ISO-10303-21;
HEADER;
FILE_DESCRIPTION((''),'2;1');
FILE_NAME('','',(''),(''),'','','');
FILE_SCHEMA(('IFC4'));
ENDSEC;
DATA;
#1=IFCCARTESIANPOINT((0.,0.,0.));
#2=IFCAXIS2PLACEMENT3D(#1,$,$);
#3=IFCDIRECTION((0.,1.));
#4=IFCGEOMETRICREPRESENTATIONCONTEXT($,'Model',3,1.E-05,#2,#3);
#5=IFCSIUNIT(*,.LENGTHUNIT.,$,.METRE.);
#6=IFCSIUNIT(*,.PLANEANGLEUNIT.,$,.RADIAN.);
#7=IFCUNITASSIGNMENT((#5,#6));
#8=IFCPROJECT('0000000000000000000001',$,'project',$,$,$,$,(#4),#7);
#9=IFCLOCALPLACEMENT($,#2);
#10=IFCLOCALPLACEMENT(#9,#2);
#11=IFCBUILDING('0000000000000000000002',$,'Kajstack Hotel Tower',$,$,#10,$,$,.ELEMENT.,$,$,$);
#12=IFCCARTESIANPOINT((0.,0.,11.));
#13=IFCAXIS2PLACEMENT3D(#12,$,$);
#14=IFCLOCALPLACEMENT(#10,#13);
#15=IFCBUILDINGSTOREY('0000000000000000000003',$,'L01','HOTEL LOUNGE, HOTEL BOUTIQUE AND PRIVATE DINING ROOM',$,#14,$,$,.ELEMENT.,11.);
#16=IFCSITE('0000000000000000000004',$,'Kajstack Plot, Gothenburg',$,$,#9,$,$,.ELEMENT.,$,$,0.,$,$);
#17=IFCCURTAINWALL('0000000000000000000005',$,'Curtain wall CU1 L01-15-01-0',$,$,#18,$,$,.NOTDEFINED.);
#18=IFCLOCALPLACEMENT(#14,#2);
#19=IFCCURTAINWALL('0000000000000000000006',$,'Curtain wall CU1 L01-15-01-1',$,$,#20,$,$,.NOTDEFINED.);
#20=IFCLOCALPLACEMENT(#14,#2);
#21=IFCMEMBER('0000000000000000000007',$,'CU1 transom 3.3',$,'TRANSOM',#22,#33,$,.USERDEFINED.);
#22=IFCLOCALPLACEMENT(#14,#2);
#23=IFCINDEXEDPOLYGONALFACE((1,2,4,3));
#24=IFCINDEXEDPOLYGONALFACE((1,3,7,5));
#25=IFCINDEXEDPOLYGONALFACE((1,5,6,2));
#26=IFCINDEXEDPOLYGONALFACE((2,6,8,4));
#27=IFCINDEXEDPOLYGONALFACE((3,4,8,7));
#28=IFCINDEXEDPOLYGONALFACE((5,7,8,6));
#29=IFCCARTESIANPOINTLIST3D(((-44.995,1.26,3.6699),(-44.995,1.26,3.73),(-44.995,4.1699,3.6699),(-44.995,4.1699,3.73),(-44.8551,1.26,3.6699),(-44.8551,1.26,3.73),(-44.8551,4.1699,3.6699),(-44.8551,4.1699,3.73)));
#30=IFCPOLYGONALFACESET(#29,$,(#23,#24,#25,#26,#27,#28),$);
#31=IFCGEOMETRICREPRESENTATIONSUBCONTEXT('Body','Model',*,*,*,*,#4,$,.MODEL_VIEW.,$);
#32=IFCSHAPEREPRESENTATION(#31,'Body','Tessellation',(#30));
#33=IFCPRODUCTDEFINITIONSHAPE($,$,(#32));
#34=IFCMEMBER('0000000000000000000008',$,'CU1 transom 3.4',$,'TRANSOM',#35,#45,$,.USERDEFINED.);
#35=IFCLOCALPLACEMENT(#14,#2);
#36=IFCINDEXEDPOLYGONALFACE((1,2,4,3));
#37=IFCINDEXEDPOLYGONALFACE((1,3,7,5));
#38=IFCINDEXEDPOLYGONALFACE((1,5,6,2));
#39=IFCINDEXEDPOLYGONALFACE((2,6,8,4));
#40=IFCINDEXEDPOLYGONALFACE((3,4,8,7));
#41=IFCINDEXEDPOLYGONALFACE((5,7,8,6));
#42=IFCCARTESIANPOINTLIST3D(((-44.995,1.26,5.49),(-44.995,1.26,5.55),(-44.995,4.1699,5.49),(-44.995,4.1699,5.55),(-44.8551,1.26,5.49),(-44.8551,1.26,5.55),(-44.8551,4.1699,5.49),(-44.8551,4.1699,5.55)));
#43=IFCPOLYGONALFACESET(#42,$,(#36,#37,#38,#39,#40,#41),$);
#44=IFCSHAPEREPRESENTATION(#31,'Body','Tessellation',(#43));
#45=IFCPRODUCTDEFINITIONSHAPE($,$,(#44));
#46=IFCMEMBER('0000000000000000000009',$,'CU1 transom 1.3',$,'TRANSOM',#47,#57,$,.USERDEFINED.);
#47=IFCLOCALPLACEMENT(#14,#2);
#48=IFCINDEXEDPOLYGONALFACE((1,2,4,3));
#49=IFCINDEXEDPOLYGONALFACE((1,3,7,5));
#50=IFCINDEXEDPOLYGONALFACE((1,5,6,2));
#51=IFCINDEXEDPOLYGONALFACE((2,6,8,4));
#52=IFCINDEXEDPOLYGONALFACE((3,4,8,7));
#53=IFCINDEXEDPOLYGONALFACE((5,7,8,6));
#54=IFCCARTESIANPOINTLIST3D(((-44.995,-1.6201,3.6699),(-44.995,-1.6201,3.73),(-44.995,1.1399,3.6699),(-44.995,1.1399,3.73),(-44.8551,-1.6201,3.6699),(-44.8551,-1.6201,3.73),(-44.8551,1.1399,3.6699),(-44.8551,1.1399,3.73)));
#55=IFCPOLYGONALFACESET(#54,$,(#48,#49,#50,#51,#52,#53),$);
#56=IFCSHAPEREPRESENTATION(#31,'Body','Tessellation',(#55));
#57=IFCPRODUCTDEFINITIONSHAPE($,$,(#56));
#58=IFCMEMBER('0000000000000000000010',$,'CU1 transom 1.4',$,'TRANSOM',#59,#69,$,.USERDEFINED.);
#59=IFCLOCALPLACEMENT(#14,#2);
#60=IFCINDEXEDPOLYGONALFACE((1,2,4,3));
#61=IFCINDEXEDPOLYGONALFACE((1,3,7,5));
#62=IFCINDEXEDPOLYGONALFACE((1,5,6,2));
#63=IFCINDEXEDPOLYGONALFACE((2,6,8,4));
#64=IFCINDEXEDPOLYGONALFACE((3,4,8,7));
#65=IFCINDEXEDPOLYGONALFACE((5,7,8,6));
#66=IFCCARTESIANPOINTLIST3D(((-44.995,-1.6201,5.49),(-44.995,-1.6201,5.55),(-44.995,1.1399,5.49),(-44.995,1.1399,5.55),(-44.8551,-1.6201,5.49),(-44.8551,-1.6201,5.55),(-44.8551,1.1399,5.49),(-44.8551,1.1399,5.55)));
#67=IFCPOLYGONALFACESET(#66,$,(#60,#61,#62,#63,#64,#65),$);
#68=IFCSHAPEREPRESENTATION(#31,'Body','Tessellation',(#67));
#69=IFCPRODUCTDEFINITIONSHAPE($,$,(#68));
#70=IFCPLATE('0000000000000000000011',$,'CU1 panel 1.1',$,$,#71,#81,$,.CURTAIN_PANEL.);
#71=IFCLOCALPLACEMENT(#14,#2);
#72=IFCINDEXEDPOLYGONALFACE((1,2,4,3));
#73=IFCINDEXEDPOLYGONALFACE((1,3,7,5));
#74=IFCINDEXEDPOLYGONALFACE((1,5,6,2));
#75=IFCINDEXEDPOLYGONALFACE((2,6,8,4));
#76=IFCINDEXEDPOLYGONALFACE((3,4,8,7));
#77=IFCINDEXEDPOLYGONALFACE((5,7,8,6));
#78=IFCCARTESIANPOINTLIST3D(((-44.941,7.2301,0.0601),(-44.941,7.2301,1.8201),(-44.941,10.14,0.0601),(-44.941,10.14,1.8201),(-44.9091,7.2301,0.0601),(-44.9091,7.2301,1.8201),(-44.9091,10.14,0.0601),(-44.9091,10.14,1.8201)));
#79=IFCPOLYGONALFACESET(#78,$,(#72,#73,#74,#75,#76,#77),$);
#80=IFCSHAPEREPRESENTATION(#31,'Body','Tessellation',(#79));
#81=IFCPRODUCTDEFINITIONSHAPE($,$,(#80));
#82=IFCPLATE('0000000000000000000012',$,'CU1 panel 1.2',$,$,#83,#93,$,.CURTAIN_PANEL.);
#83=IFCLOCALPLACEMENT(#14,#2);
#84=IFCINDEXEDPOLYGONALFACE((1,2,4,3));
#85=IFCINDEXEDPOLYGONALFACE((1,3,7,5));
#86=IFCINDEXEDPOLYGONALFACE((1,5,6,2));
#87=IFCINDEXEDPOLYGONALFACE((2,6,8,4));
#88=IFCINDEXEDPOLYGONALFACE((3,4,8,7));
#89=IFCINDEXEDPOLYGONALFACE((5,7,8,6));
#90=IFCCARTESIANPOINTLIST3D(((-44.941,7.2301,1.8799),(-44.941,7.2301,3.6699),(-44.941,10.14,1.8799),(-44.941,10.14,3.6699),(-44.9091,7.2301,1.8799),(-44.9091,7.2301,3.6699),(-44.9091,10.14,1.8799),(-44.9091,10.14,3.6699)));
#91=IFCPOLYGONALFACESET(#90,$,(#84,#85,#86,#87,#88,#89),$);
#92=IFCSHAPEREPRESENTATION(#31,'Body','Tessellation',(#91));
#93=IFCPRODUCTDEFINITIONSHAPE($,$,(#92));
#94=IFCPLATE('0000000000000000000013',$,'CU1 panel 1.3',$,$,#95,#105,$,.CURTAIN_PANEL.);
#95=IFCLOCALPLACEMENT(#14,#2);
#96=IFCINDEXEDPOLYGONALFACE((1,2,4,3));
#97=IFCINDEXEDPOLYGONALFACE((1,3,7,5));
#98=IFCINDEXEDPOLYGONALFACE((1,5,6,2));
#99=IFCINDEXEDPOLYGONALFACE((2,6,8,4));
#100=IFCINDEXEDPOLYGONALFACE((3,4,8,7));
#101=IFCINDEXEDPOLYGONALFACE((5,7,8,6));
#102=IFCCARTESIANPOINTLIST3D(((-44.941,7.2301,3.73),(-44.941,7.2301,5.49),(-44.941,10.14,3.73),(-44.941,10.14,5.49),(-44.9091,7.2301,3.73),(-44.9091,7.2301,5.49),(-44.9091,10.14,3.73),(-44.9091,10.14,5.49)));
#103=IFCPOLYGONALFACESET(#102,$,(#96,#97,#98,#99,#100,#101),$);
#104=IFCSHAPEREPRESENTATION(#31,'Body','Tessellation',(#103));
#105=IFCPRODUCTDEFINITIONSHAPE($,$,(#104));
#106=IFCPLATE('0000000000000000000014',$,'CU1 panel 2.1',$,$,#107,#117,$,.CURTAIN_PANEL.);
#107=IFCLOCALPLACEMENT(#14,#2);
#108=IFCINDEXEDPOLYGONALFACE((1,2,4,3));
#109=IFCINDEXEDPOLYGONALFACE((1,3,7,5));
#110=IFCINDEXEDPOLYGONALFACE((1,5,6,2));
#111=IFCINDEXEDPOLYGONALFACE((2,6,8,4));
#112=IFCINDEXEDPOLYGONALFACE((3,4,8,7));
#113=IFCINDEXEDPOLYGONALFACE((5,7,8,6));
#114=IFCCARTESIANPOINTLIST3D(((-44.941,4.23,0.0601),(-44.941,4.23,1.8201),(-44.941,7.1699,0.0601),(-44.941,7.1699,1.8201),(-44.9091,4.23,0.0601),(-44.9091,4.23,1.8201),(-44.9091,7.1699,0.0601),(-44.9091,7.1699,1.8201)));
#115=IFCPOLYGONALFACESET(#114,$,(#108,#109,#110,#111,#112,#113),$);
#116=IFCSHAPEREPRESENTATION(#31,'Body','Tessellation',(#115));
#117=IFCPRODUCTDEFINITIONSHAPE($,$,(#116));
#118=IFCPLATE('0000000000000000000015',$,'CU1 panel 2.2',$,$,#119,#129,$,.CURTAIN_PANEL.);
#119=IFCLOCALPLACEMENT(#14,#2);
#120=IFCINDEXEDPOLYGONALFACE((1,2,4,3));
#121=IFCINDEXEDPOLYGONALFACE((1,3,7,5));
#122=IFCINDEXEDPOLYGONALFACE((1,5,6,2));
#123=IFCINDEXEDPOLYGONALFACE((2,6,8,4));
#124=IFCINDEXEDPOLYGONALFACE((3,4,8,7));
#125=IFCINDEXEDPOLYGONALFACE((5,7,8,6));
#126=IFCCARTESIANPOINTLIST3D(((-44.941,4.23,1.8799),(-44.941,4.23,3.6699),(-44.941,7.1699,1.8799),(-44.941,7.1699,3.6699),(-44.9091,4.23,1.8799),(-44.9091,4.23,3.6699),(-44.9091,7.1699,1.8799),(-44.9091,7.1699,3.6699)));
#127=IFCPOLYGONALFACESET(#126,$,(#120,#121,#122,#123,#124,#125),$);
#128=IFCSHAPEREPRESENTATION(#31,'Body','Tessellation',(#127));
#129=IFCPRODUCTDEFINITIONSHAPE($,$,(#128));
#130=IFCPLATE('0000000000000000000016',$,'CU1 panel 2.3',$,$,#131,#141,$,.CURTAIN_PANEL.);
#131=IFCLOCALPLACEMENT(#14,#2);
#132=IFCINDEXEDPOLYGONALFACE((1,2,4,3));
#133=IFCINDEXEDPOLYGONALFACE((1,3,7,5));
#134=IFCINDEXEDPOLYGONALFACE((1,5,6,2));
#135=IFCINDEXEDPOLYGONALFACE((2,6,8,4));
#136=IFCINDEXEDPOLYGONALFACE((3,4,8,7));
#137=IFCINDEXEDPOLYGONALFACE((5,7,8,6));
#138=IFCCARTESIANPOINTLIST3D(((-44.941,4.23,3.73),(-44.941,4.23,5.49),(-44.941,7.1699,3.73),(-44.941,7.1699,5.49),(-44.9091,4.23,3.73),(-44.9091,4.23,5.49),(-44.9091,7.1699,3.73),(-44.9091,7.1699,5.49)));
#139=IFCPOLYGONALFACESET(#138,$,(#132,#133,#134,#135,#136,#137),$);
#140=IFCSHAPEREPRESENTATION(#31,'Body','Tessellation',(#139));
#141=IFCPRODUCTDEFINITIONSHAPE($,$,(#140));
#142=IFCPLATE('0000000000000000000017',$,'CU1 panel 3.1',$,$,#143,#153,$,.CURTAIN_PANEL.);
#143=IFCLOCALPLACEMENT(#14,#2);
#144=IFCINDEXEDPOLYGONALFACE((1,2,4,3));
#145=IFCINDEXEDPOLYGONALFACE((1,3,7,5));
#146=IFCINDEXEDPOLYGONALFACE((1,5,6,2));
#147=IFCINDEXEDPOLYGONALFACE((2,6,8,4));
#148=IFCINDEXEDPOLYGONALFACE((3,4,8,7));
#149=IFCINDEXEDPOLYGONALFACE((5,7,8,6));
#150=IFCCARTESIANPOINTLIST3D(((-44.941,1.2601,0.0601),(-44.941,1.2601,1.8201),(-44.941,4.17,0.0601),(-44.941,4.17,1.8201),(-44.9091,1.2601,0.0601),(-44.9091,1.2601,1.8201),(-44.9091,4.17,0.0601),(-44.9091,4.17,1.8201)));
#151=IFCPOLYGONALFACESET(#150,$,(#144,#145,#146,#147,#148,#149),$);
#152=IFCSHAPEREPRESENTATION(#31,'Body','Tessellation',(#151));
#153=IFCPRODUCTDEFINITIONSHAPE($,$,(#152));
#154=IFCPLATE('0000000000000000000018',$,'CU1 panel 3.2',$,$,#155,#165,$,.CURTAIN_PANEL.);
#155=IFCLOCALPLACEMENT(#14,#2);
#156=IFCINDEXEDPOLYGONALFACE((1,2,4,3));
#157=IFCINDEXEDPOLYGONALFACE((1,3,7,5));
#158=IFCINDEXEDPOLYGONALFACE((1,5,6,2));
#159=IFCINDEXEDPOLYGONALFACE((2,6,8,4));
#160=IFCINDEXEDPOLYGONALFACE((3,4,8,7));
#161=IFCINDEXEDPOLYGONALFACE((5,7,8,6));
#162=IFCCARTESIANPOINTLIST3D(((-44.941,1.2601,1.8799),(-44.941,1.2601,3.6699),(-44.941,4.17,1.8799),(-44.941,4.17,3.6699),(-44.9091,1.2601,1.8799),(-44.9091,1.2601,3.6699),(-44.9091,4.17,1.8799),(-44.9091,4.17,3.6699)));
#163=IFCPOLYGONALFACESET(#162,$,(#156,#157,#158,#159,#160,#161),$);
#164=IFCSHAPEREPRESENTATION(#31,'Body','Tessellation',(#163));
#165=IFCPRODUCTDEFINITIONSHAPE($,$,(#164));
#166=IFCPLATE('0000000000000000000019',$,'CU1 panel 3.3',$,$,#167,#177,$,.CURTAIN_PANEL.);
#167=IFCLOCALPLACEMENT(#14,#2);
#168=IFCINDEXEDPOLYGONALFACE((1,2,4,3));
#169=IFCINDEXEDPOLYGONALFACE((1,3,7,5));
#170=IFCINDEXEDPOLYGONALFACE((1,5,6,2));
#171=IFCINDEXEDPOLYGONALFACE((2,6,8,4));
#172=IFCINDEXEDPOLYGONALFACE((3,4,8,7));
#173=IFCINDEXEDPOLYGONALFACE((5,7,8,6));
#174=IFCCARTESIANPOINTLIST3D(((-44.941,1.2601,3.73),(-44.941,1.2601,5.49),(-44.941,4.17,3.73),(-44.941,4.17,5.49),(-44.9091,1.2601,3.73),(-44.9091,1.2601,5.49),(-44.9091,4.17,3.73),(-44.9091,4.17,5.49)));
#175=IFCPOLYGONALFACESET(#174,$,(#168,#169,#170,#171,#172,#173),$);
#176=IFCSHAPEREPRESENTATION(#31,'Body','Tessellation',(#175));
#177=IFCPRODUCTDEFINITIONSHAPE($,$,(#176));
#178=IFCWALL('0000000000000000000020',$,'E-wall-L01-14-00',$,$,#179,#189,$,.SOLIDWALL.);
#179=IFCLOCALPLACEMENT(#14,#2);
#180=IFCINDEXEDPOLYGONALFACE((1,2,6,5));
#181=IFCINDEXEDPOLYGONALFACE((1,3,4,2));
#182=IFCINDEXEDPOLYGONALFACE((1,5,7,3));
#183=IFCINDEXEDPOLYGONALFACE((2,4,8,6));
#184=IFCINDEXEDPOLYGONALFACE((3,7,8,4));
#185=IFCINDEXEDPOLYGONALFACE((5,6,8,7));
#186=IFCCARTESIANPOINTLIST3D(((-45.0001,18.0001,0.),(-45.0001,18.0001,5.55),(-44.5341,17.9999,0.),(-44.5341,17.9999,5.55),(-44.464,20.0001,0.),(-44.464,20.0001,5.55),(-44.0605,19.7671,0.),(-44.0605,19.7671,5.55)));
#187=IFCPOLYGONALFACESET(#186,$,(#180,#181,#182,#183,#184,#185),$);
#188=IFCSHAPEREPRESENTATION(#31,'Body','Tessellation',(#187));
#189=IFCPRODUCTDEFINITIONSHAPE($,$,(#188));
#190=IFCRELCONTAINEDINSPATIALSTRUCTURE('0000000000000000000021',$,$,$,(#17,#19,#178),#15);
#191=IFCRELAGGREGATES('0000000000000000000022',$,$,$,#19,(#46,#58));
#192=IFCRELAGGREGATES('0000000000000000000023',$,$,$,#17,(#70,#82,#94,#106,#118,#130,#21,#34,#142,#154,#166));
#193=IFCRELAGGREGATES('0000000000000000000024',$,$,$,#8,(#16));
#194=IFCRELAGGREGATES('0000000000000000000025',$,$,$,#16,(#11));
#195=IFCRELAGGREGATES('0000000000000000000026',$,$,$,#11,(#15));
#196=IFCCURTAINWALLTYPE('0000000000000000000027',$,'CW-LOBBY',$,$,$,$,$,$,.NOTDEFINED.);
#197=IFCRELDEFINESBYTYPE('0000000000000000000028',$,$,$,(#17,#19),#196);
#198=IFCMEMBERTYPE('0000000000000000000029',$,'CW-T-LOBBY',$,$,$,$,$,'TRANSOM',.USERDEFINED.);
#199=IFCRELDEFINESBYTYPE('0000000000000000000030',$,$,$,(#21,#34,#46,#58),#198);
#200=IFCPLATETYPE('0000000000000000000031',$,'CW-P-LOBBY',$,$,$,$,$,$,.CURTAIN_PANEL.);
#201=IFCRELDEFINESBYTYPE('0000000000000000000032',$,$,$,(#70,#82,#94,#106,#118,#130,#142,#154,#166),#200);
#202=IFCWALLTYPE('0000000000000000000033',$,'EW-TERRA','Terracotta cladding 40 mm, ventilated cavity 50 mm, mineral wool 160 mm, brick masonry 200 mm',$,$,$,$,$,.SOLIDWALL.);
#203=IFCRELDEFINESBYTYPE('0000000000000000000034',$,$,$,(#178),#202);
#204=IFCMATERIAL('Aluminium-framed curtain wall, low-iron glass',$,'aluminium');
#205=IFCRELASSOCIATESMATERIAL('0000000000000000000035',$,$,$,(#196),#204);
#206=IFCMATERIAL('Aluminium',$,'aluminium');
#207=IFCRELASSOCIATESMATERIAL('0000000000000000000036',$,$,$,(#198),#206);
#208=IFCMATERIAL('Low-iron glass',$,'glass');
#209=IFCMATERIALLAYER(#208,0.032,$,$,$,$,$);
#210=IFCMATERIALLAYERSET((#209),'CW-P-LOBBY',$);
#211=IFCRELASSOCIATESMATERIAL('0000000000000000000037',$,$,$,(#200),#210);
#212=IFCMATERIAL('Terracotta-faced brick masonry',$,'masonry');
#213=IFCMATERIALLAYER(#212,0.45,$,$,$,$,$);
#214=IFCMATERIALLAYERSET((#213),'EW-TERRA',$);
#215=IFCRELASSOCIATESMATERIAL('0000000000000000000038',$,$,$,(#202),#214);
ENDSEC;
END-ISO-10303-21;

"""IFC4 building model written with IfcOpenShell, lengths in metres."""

from ifc_helpers import new_model, si_unit, direction, frame, origin, origin_2d, place, context, subcontext, project, spatial, polyline, rectangle, outline, extrude, material, layer, layer_set, material_profile, profile_set, type_object, element, aggregate, save


model = new_model("IFC4")

# Units and contexts
model_context = context("Model", 3, precision=1e-05, world=origin(), true_north=direction((0.0, 1.0)))
body_context = subcontext(model_context, "Body", "Model", "MODEL_VIEW")
ifc_project = project(units=[si_unit("LENGTHUNIT", "METRE"), si_unit("PLANEANGLEUNIT", "RADIAN")], contexts=[model_context])

# Site, building, storey
site_placement = place(None, origin())
site = spatial("IfcSite", under=ifc_project, at=site_placement, Name="Kajstack Plot, Gothenburg", CompositionType="ELEMENT", RefElevation=0.0)
building_placement = place(site_placement, origin())
building = spatial("IfcBuilding", under=site, at=building_placement, Name="Kajstack Hotel Tower", CompositionType="ELEMENT")
storey_placement = place(building_placement, frame((0.0, 0.0, 11.0)))
storey = spatial("IfcBuildingStorey", under=building, at=storey_placement, Name="L01", Description="HOTEL LOUNGE, HOTEL BOUTIQUE AND PRIVATE DINING ROOM", CompositionType="ELEMENT", Elevation=11.0)

# Curtain wall
ifc_material_1 = material(Name="Aluminium-framed curtain wall, low-iron glass", Category="aluminium")
curtain_wall_type = type_object("IfcCurtainWallType", Name="CW-LOBBY", PredefinedType="NOTDEFINED", material=ifc_material_1)
curtain_wall_1_placement = place(storey_placement, origin())
curtain_wall_1 = element("IfcCurtainWall", 1, at=curtain_wall_1_placement, inside=storey, type_object=curtain_wall_type, Name="Curtain wall CU1 L01-15-01-0", PredefinedType="NOTDEFINED")
ifc_material_2 = material(Name="Aluminium", Category="aluminium")

# Curtain wall
curtain_wall_2_placement = place(storey_placement, origin())
curtain_wall_2 = element("IfcCurtainWall", 2, at=curtain_wall_2_placement, inside=storey, type_object=curtain_wall_type, Name="Curtain wall CU1 L01-15-01-1", PredefinedType="NOTDEFINED")

# Members
ifc_material_profile_1 = material_profile(ifc_material_2, rectangle(XDim=0.1399, YDim=0.0601, at=origin_2d()), Name="Aluminium transom 140 x 60")
ifc_profile_set_1 = profile_set([ifc_material_profile_1], Name="Aluminium")
member_type_1 = type_object("IfcMemberType", Name="CW-T-LOBBY", ElementType="TRANSOM", PredefinedType="USERDEFINED", material=ifc_profile_set_1)
member_1_placement = place(storey_placement, frame((-44.925, 4.1699, 3.7), z_axis=(0.0, -1.0, 0.0), x_axis=(1.0, 0.0, 0.0)))
member_1 = element("IfcMember", 3, at=member_1_placement, type_object=member_type_1, Name="CU1 transom 3.3", ObjectType="TRANSOM", PredefinedType="USERDEFINED", context=body_context, shape_type="SweptSolid", body=[
    extrude(rectangle(XDim=0.1399, YDim=0.0601, at=origin_2d()), origin(), (0.0, 0.0, 1.0), 2.9099),
])
member_2_placement = place(storey_placement, frame((-44.925, 4.1699, 5.52), z_axis=(0.0, -1.0, 0.0), x_axis=(1.0, 0.0, 0.0)))
member_2 = element("IfcMember", 4, at=member_2_placement, type_object=member_type_1, Name="CU1 transom 3.4", ObjectType="TRANSOM", PredefinedType="USERDEFINED", context=body_context, shape_type="SweptSolid", body=[
    extrude(rectangle(XDim=0.1399, YDim=0.0601, at=origin_2d()), origin(), (0.0, 0.0, 1.0), 2.9099),
])
member_3_placement = place(storey_placement, frame((-44.925, 1.1399, 3.7), z_axis=(0.0, -1.0, 0.0), x_axis=(1.0, 0.0, 0.0)))
member_3 = element("IfcMember", 5, at=member_3_placement, type_object=member_type_1, Name="CU1 transom 1.3", ObjectType="TRANSOM", PredefinedType="USERDEFINED", context=body_context, shape_type="SweptSolid", body=[
    extrude(rectangle(XDim=0.1399, YDim=0.0601, at=origin_2d()), origin(), (0.0, 0.0, 1.0), 2.76),
])
member_4_placement = place(storey_placement, frame((-44.925, 1.1399, 5.52), z_axis=(0.0, -1.0, 0.0), x_axis=(1.0, 0.0, 0.0)))
member_4 = element("IfcMember", 6, at=member_4_placement, type_object=member_type_1, Name="CU1 transom 1.4", ObjectType="TRANSOM", PredefinedType="USERDEFINED", context=body_context, shape_type="SweptSolid", body=[
    extrude(rectangle(XDim=0.1399, YDim=0.0601, at=origin_2d()), origin(), (0.0, 0.0, 1.0), 2.76),
])
aggregate(curtain_wall_2, [member_3, member_4])

# Plates
ifc_material_3 = material(Name="Low-iron glass", Category="glass")
ifc_layer_1 = layer(ifc_material_3, 0.032)
ifc_layer_set_1 = layer_set([ifc_layer_1], Name="CW-P-LOBBY")
plate_type = type_object("IfcPlateType", Name="CW-P-LOBBY", PredefinedType="CURTAIN_PANEL", material=ifc_layer_set_1)
plate_1_placement = place(storey_placement, frame((-44.925, 8.6851, 0.0601), z_axis=(0.0, 0.0, 1.0), x_axis=(0.0, -1.0, 0.0)))
plate_1 = element("IfcPlate", 7, at=plate_1_placement, type_object=plate_type, Name="CU1 panel 1.1", PredefinedType="CURTAIN_PANEL", context=body_context, shape_type="SweptSolid", body=[
    extrude(rectangle(XDim=2.9099, YDim=0.032, at=origin_2d()), origin(), (0.0, 0.0, 1.0), 1.76),
])
plate_2_placement = place(storey_placement, frame((-44.925, 8.6851, 1.8799), z_axis=(0.0, 0.0, 1.0), x_axis=(0.0, -1.0, 0.0)))
plate_2 = element("IfcPlate", 8, at=plate_2_placement, type_object=plate_type, Name="CU1 panel 1.2", PredefinedType="CURTAIN_PANEL", context=body_context, shape_type="SweptSolid", body=[
    extrude(rectangle(XDim=2.9099, YDim=0.032, at=origin_2d()), origin(), (0.0, 0.0, 1.0), 1.79),
])
plate_3_placement = place(storey_placement, frame((-44.925, 8.6851, 3.73), z_axis=(0.0, 0.0, 1.0), x_axis=(0.0, -1.0, 0.0)))
plate_3 = element("IfcPlate", 9, at=plate_3_placement, type_object=plate_type, Name="CU1 panel 1.3", PredefinedType="CURTAIN_PANEL", context=body_context, shape_type="SweptSolid", body=[
    extrude(rectangle(XDim=2.9099, YDim=0.032, at=origin_2d()), origin(), (0.0, 0.0, 1.0), 1.76),
])
plate_4_placement = place(storey_placement, frame((-44.925, 5.7, 0.0601), z_axis=(0.0, 0.0, 1.0), x_axis=(0.0, -1.0, 0.0)))
plate_4 = element("IfcPlate", 10, at=plate_4_placement, type_object=plate_type, Name="CU1 panel 2.1", PredefinedType="CURTAIN_PANEL", context=body_context, shape_type="SweptSolid", body=[
    extrude(rectangle(XDim=2.9399, YDim=0.032, at=origin_2d()), origin(), (0.0, 0.0, 1.0), 1.76),
])
plate_5_placement = place(storey_placement, frame((-44.925, 5.7, 1.8799), z_axis=(0.0, 0.0, 1.0), x_axis=(0.0, -1.0, 0.0)))
plate_5 = element("IfcPlate", 11, at=plate_5_placement, type_object=plate_type, Name="CU1 panel 2.2", PredefinedType="CURTAIN_PANEL", context=body_context, shape_type="SweptSolid", body=[
    extrude(rectangle(XDim=2.9399, YDim=0.032, at=origin_2d()), origin(), (0.0, 0.0, 1.0), 1.79),
])
plate_6_placement = place(storey_placement, frame((-44.925, 5.7, 3.73), z_axis=(0.0, 0.0, 1.0), x_axis=(0.0, -1.0, 0.0)))
plate_6 = element("IfcPlate", 12, at=plate_6_placement, type_object=plate_type, Name="CU1 panel 2.3", PredefinedType="CURTAIN_PANEL", context=body_context, shape_type="SweptSolid", body=[
    extrude(rectangle(XDim=2.9399, YDim=0.032, at=origin_2d()), origin(), (0.0, 0.0, 1.0), 1.76),
])
plate_7_placement = place(storey_placement, frame((-44.925, 2.7151, 0.0601), z_axis=(0.0, 0.0, 1.0), x_axis=(0.0, -1.0, 0.0)))
plate_7 = element("IfcPlate", 13, at=plate_7_placement, type_object=plate_type, Name="CU1 panel 3.1", PredefinedType="CURTAIN_PANEL", context=body_context, shape_type="SweptSolid", body=[
    extrude(rectangle(XDim=2.9099, YDim=0.032, at=origin_2d()), origin(), (0.0, 0.0, 1.0), 1.76),
])
plate_8_placement = place(storey_placement, frame((-44.925, 2.7151, 1.8799), z_axis=(0.0, 0.0, 1.0), x_axis=(0.0, -1.0, 0.0)))
plate_8 = element("IfcPlate", 14, at=plate_8_placement, type_object=plate_type, Name="CU1 panel 3.2", PredefinedType="CURTAIN_PANEL", context=body_context, shape_type="SweptSolid", body=[
    extrude(rectangle(XDim=2.9099, YDim=0.032, at=origin_2d()), origin(), (0.0, 0.0, 1.0), 1.79),
])
plate_9_placement = place(storey_placement, frame((-44.925, 2.7151, 3.73), z_axis=(0.0, 0.0, 1.0), x_axis=(0.0, -1.0, 0.0)))
plate_9 = element("IfcPlate", 15, at=plate_9_placement, type_object=plate_type, Name="CU1 panel 3.3", PredefinedType="CURTAIN_PANEL", context=body_context, shape_type="SweptSolid", body=[
    extrude(rectangle(XDim=2.9099, YDim=0.032, at=origin_2d()), origin(), (0.0, 0.0, 1.0), 1.76),
])
aggregate(curtain_wall_1, [plate_1, plate_2, plate_3, plate_4, plate_5, plate_6, member_1, member_2, plate_7, plate_8, plate_9])

# Wall
ifc_material_4 = material(Name="Terracotta-faced brick masonry", Category="masonry")
ifc_layer_2 = layer(ifc_material_4, 0.45)
ifc_layer_set_2 = layer_set([ifc_layer_2], Name="EW-TERRA")
wall_type_1 = type_object("IfcWallType", Name="EW-TERRA", Description="Terracotta cladding 40 mm, ventilated cavity 50 mm, mineral wool 160 mm, brick masonry 200 mm", PredefinedType="SOLIDWALL", material=ifc_layer_set_2)
wall_1_placement = place(storey_placement, frame((-44.2468, 19.9417, 0.0), z_axis=(0.0, 0.0, 1.0), x_axis=(-0.258815, -0.965927, 0.0)))
element("IfcWall", 16, at=wall_1_placement, inside=storey, type_object=wall_type_1, Name="E-wall-L01-14-00", PredefinedType="SOLIDWALL", context=body_context, shape_type="SweptSolid", body=[
    extrude(outline(polyline([(-0.0002, -0.2249), (2.0703, -0.2251), (1.95, 0.2251), (0.1204, 0.2251), (-0.0002, -0.2249)])), origin(), (0.0, 0.0, 1.0), 5.55),
])

save(model, "model.ifc")
